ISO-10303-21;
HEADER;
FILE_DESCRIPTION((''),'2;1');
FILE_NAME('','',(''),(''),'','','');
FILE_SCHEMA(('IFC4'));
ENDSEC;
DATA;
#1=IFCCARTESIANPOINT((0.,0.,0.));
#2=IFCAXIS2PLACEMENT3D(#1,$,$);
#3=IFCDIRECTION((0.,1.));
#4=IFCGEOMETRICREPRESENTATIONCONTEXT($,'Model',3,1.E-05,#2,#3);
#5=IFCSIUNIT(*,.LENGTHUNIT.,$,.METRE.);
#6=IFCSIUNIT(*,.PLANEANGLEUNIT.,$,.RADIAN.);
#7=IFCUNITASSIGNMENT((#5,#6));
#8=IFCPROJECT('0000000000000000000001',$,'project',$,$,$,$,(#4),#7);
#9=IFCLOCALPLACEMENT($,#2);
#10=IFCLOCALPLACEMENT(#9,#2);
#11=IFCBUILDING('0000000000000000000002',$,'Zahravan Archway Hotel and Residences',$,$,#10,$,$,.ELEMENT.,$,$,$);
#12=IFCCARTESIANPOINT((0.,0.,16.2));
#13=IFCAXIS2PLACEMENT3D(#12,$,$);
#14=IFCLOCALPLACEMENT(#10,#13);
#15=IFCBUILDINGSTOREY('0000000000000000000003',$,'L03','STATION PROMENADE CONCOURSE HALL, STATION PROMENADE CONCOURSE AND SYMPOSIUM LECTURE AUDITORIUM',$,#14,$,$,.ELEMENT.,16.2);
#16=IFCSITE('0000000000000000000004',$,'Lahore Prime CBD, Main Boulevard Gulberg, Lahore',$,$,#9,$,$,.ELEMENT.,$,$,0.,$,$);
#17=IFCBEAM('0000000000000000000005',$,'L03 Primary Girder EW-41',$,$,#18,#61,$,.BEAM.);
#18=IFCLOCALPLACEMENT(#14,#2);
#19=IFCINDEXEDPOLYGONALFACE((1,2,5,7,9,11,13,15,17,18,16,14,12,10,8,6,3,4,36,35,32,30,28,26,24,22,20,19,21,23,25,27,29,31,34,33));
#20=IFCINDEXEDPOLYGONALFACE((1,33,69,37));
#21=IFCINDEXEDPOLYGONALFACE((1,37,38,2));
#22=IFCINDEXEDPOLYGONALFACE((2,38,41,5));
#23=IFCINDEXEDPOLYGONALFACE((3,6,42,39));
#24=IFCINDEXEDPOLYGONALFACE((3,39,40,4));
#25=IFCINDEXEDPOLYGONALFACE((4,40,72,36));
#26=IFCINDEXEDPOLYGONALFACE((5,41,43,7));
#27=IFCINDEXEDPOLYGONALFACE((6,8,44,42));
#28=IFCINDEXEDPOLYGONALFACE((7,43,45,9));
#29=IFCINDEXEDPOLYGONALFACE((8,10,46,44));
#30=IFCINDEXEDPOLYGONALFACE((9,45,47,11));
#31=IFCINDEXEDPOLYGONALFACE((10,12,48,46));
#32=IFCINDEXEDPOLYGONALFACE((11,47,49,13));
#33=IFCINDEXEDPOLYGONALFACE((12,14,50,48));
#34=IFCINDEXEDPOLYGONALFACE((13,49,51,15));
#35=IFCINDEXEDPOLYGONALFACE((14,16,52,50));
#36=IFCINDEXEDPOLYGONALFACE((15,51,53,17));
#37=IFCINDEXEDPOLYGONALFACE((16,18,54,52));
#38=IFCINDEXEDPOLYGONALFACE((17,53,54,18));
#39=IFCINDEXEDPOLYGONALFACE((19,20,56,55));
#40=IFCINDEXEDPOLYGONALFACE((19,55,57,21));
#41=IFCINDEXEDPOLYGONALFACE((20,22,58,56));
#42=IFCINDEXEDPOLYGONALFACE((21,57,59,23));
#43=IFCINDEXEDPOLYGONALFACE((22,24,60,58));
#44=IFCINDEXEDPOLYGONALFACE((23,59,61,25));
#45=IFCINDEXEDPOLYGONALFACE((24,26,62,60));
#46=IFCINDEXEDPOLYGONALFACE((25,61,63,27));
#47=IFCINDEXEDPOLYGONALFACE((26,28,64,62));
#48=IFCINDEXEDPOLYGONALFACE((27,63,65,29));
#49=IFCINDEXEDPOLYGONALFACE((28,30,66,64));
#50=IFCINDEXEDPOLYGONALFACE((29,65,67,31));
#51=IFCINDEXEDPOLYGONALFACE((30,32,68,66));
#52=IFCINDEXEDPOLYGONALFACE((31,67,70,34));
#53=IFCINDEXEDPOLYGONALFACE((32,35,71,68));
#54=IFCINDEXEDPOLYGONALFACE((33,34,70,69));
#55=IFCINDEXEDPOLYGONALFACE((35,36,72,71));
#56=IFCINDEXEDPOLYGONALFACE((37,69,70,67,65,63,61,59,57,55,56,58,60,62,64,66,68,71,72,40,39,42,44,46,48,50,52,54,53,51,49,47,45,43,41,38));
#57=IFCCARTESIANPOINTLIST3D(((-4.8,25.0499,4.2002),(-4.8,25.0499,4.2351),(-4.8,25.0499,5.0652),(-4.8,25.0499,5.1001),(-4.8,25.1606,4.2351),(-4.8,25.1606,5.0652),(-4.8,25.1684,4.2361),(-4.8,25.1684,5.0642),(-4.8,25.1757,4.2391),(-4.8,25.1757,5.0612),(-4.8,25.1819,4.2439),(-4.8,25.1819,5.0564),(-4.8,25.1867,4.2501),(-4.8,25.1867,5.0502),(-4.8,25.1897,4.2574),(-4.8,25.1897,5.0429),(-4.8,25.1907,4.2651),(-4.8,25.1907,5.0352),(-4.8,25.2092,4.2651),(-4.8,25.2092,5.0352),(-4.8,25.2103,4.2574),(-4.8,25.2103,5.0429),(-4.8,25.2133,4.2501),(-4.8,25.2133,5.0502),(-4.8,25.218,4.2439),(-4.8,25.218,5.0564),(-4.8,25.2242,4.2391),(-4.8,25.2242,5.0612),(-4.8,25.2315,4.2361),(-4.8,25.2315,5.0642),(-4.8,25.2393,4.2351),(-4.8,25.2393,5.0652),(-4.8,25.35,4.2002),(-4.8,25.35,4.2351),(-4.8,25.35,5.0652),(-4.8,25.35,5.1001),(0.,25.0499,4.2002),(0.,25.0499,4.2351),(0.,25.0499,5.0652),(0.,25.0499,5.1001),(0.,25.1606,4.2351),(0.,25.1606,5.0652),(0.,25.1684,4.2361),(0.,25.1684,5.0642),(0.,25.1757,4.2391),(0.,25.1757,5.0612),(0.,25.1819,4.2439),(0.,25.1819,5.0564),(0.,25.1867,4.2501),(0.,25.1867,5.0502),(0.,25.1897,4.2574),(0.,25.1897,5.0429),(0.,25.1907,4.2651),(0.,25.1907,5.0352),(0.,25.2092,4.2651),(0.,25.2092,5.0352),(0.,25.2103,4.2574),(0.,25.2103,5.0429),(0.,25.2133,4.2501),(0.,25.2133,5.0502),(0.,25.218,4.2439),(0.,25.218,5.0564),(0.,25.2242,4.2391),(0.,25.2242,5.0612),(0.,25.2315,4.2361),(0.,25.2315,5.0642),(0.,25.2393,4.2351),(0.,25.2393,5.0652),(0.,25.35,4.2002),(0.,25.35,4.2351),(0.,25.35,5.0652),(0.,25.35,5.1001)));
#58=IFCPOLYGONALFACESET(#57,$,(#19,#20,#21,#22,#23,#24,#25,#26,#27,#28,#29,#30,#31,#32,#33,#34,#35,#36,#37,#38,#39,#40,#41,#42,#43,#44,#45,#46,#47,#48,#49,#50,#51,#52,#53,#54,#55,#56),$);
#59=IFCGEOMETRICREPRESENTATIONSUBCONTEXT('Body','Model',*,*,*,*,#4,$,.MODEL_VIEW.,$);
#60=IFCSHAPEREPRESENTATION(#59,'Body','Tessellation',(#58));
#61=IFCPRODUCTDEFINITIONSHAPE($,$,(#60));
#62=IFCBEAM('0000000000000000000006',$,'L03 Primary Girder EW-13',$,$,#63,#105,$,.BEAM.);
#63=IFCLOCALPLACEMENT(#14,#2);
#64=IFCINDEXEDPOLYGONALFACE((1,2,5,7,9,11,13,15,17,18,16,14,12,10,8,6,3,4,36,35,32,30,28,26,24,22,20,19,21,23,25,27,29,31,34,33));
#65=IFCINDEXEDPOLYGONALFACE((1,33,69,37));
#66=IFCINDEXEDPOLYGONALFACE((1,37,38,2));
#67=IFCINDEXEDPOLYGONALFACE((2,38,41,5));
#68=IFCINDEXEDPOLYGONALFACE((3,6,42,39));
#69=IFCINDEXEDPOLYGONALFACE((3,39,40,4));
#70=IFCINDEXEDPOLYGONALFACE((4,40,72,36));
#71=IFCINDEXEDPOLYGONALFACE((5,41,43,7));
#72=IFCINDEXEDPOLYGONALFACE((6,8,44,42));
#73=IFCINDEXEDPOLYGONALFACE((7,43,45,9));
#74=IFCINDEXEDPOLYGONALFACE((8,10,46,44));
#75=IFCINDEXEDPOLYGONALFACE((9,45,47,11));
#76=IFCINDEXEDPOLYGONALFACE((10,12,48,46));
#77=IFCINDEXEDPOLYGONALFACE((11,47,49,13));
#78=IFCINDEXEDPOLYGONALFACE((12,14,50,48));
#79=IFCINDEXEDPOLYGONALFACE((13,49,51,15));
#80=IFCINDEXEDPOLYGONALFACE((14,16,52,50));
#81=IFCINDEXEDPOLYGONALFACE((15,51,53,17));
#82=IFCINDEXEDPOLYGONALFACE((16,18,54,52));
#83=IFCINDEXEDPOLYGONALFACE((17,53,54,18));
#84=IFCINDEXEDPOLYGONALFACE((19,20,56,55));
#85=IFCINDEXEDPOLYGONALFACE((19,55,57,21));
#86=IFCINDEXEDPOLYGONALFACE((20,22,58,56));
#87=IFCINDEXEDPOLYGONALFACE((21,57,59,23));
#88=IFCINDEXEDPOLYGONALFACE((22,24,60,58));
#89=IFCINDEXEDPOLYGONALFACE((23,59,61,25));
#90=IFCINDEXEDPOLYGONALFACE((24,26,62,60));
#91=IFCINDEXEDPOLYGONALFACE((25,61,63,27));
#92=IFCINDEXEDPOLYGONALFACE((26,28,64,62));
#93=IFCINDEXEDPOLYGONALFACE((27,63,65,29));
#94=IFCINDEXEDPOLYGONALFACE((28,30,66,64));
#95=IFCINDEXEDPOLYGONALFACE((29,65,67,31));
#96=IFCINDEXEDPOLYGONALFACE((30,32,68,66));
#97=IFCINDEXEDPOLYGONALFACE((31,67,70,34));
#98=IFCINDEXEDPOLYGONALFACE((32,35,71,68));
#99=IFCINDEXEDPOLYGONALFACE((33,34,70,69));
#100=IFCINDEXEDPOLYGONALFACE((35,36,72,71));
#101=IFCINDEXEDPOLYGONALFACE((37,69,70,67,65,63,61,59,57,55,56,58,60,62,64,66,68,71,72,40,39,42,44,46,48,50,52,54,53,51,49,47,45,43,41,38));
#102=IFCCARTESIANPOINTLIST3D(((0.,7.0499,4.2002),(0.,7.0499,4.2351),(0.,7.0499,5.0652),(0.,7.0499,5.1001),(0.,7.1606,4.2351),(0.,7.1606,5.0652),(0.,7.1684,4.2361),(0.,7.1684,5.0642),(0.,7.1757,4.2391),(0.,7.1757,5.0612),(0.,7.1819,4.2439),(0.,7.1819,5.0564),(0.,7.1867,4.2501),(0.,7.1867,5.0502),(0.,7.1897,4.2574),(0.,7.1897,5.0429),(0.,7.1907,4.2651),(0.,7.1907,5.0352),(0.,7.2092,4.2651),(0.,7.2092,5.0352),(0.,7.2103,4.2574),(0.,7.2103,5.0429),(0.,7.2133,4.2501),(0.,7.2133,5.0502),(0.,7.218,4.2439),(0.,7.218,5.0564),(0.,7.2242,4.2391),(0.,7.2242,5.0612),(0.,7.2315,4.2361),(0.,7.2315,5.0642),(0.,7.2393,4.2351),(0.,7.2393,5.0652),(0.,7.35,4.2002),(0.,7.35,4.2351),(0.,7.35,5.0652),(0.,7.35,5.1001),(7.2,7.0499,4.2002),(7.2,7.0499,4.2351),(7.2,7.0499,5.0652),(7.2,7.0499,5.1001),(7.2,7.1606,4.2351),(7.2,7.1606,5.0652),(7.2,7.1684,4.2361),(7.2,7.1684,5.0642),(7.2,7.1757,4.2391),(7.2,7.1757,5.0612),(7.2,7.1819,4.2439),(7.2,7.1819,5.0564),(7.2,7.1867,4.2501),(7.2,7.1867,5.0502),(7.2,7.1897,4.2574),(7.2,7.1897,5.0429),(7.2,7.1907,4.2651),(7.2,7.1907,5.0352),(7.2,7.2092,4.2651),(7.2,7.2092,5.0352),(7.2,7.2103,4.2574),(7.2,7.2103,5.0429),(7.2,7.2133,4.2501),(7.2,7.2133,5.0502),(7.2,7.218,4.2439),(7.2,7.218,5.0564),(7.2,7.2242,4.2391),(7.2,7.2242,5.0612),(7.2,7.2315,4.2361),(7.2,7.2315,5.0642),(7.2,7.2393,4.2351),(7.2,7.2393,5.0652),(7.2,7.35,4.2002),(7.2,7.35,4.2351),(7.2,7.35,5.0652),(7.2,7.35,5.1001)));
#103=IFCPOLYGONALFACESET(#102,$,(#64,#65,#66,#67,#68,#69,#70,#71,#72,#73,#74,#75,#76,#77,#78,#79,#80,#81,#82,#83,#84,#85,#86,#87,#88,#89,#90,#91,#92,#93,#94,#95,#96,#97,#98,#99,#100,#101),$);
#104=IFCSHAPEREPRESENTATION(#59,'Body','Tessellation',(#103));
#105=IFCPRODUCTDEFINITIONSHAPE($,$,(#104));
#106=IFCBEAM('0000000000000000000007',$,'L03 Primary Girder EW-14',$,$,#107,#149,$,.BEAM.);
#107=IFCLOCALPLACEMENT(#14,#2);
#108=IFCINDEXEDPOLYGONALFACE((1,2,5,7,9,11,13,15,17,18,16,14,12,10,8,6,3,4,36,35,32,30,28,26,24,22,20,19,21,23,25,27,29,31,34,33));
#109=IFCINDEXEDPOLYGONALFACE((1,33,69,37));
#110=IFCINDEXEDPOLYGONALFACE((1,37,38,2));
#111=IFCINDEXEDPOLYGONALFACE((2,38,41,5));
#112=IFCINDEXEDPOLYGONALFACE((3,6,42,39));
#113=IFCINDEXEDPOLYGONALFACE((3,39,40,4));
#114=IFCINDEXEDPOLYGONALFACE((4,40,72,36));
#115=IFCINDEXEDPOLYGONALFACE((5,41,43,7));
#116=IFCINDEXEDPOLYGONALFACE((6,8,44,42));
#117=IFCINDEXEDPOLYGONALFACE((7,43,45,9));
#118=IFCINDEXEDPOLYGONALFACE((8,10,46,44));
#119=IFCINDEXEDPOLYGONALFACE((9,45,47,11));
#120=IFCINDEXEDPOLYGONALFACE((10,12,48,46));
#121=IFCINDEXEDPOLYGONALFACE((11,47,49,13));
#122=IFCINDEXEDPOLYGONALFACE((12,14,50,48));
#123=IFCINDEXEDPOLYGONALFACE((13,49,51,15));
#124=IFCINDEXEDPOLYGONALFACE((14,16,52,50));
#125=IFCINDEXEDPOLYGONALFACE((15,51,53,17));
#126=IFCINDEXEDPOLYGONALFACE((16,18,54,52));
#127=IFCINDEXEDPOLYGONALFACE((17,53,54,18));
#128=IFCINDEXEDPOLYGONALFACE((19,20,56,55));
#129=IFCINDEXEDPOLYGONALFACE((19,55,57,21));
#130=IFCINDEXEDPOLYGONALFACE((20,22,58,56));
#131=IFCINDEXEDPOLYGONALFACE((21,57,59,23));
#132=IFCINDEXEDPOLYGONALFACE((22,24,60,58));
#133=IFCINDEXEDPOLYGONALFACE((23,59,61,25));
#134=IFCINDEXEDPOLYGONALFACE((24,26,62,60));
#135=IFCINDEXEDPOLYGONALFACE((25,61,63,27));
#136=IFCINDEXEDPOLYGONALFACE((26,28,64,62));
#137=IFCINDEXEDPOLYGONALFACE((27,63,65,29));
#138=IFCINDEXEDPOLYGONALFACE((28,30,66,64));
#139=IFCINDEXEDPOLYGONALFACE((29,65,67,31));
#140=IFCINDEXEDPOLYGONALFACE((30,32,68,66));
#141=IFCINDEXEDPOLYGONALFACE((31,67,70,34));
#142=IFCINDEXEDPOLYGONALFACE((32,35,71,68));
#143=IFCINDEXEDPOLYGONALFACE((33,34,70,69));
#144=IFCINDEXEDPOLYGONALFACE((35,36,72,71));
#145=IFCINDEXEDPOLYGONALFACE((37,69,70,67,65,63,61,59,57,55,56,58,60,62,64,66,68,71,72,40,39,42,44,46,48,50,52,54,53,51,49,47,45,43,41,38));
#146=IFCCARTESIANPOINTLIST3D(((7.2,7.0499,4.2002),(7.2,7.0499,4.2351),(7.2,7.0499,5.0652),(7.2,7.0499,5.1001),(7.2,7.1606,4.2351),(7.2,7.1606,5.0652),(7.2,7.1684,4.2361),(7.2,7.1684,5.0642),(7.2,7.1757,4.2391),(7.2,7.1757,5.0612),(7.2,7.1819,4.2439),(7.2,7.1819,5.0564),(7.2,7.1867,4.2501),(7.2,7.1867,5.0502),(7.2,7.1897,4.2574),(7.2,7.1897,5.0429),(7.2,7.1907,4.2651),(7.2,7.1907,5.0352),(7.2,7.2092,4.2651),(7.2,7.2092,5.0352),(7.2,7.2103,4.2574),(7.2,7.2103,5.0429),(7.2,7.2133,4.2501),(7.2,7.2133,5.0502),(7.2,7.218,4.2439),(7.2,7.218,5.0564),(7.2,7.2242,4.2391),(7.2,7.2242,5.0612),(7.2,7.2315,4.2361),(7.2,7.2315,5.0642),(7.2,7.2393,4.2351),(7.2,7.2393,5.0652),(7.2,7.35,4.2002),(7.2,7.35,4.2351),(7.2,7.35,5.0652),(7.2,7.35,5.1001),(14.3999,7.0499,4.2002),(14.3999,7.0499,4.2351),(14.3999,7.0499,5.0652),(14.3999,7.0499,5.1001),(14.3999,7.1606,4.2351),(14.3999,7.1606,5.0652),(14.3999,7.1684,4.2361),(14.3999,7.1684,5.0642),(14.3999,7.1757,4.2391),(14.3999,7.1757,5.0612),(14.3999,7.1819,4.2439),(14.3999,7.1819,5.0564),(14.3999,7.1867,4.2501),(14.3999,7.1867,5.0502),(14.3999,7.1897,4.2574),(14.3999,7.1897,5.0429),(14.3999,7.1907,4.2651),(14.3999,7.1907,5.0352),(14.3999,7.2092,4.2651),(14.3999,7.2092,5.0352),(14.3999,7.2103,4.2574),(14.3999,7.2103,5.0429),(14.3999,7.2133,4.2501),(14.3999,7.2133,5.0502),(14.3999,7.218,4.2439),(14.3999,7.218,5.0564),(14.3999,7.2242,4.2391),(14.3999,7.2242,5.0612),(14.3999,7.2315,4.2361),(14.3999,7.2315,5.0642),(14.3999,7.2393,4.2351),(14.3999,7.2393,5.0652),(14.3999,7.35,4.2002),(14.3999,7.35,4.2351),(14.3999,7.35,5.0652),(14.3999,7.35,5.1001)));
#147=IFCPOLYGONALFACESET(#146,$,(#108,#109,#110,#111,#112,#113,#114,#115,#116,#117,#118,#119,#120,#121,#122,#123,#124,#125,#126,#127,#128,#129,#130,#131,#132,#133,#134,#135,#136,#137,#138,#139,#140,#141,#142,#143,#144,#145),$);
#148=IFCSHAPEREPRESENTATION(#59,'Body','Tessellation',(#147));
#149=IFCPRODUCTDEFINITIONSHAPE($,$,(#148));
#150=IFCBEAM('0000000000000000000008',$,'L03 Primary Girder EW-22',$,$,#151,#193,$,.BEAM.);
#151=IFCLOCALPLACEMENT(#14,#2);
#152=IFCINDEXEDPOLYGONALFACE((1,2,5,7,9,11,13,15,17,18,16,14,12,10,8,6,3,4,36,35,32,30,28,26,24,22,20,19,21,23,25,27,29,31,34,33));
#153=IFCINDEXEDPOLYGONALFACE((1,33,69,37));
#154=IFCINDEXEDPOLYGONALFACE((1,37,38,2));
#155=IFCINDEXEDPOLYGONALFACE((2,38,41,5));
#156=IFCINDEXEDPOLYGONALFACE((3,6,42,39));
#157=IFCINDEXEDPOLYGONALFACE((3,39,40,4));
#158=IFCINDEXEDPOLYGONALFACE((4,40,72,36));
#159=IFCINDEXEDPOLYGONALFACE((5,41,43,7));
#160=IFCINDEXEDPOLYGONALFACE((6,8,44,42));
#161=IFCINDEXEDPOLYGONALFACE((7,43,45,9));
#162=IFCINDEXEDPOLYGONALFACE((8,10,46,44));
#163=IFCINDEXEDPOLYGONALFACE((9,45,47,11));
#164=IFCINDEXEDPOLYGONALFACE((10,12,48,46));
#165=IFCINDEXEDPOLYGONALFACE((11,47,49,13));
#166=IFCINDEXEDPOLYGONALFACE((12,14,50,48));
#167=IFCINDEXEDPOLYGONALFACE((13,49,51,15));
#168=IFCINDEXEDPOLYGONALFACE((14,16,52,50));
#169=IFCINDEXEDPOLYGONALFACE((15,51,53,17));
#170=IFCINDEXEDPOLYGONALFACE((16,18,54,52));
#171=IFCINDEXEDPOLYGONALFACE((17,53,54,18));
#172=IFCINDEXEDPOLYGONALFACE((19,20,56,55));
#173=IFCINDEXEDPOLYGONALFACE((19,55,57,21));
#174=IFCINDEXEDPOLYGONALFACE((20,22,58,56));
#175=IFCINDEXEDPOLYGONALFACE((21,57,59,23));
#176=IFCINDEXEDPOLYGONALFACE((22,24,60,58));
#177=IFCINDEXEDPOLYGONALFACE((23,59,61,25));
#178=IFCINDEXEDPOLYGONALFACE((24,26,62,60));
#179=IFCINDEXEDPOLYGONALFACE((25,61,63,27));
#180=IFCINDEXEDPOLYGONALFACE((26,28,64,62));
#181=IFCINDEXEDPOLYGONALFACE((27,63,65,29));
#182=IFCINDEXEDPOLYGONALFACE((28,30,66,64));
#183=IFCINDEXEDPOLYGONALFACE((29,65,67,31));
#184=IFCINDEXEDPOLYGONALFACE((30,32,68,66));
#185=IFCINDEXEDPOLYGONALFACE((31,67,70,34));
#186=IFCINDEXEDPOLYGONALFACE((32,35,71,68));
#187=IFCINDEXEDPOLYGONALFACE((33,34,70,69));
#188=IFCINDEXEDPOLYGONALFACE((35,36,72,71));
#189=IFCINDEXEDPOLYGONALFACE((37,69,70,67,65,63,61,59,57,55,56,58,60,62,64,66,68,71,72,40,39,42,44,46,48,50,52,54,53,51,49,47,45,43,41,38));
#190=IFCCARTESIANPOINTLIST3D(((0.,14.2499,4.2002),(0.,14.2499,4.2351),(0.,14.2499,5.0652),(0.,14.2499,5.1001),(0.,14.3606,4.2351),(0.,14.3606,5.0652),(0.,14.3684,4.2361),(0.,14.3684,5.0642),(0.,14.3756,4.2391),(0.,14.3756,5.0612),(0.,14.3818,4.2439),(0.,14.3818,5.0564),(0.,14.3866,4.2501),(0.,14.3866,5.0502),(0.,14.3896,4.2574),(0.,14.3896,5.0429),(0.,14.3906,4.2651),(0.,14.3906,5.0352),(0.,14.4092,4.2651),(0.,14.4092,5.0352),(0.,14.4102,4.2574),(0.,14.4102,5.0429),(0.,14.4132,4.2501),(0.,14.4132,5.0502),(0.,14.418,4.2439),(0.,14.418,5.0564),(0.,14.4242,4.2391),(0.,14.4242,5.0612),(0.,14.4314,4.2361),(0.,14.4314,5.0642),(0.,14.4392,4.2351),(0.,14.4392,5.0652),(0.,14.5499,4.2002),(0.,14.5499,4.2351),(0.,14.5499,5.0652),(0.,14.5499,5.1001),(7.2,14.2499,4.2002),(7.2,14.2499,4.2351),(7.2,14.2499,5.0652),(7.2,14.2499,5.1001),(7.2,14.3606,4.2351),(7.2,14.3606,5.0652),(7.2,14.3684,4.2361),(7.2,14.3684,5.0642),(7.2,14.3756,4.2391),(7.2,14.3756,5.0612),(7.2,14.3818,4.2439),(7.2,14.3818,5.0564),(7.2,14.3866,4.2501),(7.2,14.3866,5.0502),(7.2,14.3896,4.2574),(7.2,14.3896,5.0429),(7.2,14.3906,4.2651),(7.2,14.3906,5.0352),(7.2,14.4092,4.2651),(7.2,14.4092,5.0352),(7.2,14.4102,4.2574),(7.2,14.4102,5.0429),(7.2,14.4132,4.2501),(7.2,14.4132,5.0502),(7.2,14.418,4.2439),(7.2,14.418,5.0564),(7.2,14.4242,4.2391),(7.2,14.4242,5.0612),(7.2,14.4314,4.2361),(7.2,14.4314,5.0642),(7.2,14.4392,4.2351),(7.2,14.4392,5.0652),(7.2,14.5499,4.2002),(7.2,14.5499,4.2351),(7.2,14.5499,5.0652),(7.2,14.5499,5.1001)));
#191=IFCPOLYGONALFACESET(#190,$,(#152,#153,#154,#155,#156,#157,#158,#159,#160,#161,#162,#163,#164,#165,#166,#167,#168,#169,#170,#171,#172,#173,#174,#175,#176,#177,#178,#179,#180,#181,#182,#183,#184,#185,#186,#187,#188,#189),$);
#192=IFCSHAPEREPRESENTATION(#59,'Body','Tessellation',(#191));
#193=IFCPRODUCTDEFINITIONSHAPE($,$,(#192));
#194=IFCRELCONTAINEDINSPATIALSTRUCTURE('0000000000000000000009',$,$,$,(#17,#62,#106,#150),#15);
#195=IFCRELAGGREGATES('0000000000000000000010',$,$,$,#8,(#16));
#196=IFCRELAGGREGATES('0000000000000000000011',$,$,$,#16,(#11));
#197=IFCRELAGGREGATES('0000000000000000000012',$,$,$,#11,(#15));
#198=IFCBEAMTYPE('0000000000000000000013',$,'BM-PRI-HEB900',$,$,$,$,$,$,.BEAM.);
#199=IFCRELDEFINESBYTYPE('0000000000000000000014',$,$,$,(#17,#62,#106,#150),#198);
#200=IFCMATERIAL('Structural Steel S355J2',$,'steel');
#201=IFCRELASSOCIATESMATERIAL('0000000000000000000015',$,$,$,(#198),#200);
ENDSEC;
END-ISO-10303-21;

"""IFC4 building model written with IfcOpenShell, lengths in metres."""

from ifc_helpers import new_model, si_unit, direction, frame, origin, origin_2d, place, context, subcontext, project, spatial, i_section, extrude, source, transform, mapped, material, material_profile, profile_set, type_object, type_shapes, element, save


model = new_model("IFC4")

# Units and contexts
model_context = context("Model", 3, precision=1e-05, world=origin(), true_north=direction((0.0, 1.0)))
body_context = subcontext(model_context, "Body", "Model", "MODEL_VIEW")
ifc_project = project(units=[si_unit("LENGTHUNIT", "METRE"), si_unit("PLANEANGLEUNIT", "RADIAN")], contexts=[model_context])

# Site, building, storey
site_placement = place(None, origin())
site = spatial("IfcSite", under=ifc_project, at=site_placement, Name="Lahore Prime CBD, Main Boulevard Gulberg, Lahore", CompositionType="ELEMENT", RefElevation=0.0)
building_placement = place(site_placement, origin())
building = spatial("IfcBuilding", under=site, at=building_placement, Name="Zahravan Archway Hotel and Residences", CompositionType="ELEMENT")
storey_placement = place(building_placement, frame((0.0, 0.0, 16.2)))
storey = spatial("IfcBuildingStorey", under=building, at=storey_placement, Name="L03", Description="STATION PROMENADE CONCOURSE HALL, STATION PROMENADE CONCOURSE AND SYMPOSIUM LECTURE AUDITORIUM", CompositionType="ELEMENT", Elevation=16.2)

# Beams
ifc_material_1 = material(Name="Structural Steel S355J2", Category="steel")
ifc_material_profile_1 = material_profile(ifc_material_1, i_section(OverallWidth=0.3, OverallDepth=0.8999, WebThickness=0.0186, FlangeThickness=0.0349, FilletRadius=0.03, at=origin_2d()), Name="HEB 900", Category="steel")
ifc_profile_set_1 = profile_set([ifc_material_profile_1], Name="Structural Steel S355J2")
beam_type_1 = type_object("IfcBeamType", Name="BM-PRI-HEB900", PredefinedType="BEAM", material=ifc_profile_set_1)
shared_shape_1 = source(origin(), body_context, "Body", "SweptSolid", [
    extrude(i_section(OverallWidth=0.3, OverallDepth=0.8999, WebThickness=0.0186, FlangeThickness=0.0349, FilletRadius=0.03, at=origin_2d()), origin(), (0.0, 0.0, 1.0), 4.8),
])
type_shapes(beam_type_1, [shared_shape_1])
for number, where, z_axis, x_axis, name in (
    (1, (-4.8, 25.2, 4.6501), (1.0, 0.0, 0.0), (0.0, 1.0, 0.0), "L03 Primary Girder EW-41"),
):
    element("IfcBeam", number, at=place(storey_placement, frame(where, z_axis=z_axis, x_axis=x_axis)), inside=storey, type_object=beam_type_1, Name=name, PredefinedType="BEAM", context=body_context, shape_type="MappedRepresentation", body=[
        mapped(shared_shape_1, transform((0.0, 0.0, 0.0), scale=1.0)),
    ])
shared_shape_2 = source(origin(), body_context, "Body", "SweptSolid", [
    extrude(i_section(OverallWidth=0.3, OverallDepth=0.8999, WebThickness=0.0186, FlangeThickness=0.0349, FilletRadius=0.03, at=origin_2d()), origin(), (0.0, 0.0, 1.0), 7.2),
])
for number, where, z_axis, x_axis, name in (
    (2, (0.0, 7.2, 4.6501), (1.0, 0.0, 0.0), (0.0, 1.0, 0.0), "L03 Primary Girder EW-13"),
    (3, (7.2, 7.2, 4.6501), (1.0, 0.0, 0.0), (0.0, 1.0, 0.0), "L03 Primary Girder EW-14"),
    (4, (0.0, 14.3999, 4.6501), (1.0, 0.0, 0.0), (0.0, 1.0, 0.0), "L03 Primary Girder EW-22"),
):
    element("IfcBeam", number, at=place(storey_placement, frame(where, z_axis=z_axis, x_axis=x_axis)), inside=storey, type_object=beam_type_1, Name=name, PredefinedType="BEAM", context=body_context, shape_type="MappedRepresentation", body=[
        mapped(shared_shape_2, transform((0.0, 0.0, 0.0), scale=1.0)),
    ])

save(model, "model.ifc")
